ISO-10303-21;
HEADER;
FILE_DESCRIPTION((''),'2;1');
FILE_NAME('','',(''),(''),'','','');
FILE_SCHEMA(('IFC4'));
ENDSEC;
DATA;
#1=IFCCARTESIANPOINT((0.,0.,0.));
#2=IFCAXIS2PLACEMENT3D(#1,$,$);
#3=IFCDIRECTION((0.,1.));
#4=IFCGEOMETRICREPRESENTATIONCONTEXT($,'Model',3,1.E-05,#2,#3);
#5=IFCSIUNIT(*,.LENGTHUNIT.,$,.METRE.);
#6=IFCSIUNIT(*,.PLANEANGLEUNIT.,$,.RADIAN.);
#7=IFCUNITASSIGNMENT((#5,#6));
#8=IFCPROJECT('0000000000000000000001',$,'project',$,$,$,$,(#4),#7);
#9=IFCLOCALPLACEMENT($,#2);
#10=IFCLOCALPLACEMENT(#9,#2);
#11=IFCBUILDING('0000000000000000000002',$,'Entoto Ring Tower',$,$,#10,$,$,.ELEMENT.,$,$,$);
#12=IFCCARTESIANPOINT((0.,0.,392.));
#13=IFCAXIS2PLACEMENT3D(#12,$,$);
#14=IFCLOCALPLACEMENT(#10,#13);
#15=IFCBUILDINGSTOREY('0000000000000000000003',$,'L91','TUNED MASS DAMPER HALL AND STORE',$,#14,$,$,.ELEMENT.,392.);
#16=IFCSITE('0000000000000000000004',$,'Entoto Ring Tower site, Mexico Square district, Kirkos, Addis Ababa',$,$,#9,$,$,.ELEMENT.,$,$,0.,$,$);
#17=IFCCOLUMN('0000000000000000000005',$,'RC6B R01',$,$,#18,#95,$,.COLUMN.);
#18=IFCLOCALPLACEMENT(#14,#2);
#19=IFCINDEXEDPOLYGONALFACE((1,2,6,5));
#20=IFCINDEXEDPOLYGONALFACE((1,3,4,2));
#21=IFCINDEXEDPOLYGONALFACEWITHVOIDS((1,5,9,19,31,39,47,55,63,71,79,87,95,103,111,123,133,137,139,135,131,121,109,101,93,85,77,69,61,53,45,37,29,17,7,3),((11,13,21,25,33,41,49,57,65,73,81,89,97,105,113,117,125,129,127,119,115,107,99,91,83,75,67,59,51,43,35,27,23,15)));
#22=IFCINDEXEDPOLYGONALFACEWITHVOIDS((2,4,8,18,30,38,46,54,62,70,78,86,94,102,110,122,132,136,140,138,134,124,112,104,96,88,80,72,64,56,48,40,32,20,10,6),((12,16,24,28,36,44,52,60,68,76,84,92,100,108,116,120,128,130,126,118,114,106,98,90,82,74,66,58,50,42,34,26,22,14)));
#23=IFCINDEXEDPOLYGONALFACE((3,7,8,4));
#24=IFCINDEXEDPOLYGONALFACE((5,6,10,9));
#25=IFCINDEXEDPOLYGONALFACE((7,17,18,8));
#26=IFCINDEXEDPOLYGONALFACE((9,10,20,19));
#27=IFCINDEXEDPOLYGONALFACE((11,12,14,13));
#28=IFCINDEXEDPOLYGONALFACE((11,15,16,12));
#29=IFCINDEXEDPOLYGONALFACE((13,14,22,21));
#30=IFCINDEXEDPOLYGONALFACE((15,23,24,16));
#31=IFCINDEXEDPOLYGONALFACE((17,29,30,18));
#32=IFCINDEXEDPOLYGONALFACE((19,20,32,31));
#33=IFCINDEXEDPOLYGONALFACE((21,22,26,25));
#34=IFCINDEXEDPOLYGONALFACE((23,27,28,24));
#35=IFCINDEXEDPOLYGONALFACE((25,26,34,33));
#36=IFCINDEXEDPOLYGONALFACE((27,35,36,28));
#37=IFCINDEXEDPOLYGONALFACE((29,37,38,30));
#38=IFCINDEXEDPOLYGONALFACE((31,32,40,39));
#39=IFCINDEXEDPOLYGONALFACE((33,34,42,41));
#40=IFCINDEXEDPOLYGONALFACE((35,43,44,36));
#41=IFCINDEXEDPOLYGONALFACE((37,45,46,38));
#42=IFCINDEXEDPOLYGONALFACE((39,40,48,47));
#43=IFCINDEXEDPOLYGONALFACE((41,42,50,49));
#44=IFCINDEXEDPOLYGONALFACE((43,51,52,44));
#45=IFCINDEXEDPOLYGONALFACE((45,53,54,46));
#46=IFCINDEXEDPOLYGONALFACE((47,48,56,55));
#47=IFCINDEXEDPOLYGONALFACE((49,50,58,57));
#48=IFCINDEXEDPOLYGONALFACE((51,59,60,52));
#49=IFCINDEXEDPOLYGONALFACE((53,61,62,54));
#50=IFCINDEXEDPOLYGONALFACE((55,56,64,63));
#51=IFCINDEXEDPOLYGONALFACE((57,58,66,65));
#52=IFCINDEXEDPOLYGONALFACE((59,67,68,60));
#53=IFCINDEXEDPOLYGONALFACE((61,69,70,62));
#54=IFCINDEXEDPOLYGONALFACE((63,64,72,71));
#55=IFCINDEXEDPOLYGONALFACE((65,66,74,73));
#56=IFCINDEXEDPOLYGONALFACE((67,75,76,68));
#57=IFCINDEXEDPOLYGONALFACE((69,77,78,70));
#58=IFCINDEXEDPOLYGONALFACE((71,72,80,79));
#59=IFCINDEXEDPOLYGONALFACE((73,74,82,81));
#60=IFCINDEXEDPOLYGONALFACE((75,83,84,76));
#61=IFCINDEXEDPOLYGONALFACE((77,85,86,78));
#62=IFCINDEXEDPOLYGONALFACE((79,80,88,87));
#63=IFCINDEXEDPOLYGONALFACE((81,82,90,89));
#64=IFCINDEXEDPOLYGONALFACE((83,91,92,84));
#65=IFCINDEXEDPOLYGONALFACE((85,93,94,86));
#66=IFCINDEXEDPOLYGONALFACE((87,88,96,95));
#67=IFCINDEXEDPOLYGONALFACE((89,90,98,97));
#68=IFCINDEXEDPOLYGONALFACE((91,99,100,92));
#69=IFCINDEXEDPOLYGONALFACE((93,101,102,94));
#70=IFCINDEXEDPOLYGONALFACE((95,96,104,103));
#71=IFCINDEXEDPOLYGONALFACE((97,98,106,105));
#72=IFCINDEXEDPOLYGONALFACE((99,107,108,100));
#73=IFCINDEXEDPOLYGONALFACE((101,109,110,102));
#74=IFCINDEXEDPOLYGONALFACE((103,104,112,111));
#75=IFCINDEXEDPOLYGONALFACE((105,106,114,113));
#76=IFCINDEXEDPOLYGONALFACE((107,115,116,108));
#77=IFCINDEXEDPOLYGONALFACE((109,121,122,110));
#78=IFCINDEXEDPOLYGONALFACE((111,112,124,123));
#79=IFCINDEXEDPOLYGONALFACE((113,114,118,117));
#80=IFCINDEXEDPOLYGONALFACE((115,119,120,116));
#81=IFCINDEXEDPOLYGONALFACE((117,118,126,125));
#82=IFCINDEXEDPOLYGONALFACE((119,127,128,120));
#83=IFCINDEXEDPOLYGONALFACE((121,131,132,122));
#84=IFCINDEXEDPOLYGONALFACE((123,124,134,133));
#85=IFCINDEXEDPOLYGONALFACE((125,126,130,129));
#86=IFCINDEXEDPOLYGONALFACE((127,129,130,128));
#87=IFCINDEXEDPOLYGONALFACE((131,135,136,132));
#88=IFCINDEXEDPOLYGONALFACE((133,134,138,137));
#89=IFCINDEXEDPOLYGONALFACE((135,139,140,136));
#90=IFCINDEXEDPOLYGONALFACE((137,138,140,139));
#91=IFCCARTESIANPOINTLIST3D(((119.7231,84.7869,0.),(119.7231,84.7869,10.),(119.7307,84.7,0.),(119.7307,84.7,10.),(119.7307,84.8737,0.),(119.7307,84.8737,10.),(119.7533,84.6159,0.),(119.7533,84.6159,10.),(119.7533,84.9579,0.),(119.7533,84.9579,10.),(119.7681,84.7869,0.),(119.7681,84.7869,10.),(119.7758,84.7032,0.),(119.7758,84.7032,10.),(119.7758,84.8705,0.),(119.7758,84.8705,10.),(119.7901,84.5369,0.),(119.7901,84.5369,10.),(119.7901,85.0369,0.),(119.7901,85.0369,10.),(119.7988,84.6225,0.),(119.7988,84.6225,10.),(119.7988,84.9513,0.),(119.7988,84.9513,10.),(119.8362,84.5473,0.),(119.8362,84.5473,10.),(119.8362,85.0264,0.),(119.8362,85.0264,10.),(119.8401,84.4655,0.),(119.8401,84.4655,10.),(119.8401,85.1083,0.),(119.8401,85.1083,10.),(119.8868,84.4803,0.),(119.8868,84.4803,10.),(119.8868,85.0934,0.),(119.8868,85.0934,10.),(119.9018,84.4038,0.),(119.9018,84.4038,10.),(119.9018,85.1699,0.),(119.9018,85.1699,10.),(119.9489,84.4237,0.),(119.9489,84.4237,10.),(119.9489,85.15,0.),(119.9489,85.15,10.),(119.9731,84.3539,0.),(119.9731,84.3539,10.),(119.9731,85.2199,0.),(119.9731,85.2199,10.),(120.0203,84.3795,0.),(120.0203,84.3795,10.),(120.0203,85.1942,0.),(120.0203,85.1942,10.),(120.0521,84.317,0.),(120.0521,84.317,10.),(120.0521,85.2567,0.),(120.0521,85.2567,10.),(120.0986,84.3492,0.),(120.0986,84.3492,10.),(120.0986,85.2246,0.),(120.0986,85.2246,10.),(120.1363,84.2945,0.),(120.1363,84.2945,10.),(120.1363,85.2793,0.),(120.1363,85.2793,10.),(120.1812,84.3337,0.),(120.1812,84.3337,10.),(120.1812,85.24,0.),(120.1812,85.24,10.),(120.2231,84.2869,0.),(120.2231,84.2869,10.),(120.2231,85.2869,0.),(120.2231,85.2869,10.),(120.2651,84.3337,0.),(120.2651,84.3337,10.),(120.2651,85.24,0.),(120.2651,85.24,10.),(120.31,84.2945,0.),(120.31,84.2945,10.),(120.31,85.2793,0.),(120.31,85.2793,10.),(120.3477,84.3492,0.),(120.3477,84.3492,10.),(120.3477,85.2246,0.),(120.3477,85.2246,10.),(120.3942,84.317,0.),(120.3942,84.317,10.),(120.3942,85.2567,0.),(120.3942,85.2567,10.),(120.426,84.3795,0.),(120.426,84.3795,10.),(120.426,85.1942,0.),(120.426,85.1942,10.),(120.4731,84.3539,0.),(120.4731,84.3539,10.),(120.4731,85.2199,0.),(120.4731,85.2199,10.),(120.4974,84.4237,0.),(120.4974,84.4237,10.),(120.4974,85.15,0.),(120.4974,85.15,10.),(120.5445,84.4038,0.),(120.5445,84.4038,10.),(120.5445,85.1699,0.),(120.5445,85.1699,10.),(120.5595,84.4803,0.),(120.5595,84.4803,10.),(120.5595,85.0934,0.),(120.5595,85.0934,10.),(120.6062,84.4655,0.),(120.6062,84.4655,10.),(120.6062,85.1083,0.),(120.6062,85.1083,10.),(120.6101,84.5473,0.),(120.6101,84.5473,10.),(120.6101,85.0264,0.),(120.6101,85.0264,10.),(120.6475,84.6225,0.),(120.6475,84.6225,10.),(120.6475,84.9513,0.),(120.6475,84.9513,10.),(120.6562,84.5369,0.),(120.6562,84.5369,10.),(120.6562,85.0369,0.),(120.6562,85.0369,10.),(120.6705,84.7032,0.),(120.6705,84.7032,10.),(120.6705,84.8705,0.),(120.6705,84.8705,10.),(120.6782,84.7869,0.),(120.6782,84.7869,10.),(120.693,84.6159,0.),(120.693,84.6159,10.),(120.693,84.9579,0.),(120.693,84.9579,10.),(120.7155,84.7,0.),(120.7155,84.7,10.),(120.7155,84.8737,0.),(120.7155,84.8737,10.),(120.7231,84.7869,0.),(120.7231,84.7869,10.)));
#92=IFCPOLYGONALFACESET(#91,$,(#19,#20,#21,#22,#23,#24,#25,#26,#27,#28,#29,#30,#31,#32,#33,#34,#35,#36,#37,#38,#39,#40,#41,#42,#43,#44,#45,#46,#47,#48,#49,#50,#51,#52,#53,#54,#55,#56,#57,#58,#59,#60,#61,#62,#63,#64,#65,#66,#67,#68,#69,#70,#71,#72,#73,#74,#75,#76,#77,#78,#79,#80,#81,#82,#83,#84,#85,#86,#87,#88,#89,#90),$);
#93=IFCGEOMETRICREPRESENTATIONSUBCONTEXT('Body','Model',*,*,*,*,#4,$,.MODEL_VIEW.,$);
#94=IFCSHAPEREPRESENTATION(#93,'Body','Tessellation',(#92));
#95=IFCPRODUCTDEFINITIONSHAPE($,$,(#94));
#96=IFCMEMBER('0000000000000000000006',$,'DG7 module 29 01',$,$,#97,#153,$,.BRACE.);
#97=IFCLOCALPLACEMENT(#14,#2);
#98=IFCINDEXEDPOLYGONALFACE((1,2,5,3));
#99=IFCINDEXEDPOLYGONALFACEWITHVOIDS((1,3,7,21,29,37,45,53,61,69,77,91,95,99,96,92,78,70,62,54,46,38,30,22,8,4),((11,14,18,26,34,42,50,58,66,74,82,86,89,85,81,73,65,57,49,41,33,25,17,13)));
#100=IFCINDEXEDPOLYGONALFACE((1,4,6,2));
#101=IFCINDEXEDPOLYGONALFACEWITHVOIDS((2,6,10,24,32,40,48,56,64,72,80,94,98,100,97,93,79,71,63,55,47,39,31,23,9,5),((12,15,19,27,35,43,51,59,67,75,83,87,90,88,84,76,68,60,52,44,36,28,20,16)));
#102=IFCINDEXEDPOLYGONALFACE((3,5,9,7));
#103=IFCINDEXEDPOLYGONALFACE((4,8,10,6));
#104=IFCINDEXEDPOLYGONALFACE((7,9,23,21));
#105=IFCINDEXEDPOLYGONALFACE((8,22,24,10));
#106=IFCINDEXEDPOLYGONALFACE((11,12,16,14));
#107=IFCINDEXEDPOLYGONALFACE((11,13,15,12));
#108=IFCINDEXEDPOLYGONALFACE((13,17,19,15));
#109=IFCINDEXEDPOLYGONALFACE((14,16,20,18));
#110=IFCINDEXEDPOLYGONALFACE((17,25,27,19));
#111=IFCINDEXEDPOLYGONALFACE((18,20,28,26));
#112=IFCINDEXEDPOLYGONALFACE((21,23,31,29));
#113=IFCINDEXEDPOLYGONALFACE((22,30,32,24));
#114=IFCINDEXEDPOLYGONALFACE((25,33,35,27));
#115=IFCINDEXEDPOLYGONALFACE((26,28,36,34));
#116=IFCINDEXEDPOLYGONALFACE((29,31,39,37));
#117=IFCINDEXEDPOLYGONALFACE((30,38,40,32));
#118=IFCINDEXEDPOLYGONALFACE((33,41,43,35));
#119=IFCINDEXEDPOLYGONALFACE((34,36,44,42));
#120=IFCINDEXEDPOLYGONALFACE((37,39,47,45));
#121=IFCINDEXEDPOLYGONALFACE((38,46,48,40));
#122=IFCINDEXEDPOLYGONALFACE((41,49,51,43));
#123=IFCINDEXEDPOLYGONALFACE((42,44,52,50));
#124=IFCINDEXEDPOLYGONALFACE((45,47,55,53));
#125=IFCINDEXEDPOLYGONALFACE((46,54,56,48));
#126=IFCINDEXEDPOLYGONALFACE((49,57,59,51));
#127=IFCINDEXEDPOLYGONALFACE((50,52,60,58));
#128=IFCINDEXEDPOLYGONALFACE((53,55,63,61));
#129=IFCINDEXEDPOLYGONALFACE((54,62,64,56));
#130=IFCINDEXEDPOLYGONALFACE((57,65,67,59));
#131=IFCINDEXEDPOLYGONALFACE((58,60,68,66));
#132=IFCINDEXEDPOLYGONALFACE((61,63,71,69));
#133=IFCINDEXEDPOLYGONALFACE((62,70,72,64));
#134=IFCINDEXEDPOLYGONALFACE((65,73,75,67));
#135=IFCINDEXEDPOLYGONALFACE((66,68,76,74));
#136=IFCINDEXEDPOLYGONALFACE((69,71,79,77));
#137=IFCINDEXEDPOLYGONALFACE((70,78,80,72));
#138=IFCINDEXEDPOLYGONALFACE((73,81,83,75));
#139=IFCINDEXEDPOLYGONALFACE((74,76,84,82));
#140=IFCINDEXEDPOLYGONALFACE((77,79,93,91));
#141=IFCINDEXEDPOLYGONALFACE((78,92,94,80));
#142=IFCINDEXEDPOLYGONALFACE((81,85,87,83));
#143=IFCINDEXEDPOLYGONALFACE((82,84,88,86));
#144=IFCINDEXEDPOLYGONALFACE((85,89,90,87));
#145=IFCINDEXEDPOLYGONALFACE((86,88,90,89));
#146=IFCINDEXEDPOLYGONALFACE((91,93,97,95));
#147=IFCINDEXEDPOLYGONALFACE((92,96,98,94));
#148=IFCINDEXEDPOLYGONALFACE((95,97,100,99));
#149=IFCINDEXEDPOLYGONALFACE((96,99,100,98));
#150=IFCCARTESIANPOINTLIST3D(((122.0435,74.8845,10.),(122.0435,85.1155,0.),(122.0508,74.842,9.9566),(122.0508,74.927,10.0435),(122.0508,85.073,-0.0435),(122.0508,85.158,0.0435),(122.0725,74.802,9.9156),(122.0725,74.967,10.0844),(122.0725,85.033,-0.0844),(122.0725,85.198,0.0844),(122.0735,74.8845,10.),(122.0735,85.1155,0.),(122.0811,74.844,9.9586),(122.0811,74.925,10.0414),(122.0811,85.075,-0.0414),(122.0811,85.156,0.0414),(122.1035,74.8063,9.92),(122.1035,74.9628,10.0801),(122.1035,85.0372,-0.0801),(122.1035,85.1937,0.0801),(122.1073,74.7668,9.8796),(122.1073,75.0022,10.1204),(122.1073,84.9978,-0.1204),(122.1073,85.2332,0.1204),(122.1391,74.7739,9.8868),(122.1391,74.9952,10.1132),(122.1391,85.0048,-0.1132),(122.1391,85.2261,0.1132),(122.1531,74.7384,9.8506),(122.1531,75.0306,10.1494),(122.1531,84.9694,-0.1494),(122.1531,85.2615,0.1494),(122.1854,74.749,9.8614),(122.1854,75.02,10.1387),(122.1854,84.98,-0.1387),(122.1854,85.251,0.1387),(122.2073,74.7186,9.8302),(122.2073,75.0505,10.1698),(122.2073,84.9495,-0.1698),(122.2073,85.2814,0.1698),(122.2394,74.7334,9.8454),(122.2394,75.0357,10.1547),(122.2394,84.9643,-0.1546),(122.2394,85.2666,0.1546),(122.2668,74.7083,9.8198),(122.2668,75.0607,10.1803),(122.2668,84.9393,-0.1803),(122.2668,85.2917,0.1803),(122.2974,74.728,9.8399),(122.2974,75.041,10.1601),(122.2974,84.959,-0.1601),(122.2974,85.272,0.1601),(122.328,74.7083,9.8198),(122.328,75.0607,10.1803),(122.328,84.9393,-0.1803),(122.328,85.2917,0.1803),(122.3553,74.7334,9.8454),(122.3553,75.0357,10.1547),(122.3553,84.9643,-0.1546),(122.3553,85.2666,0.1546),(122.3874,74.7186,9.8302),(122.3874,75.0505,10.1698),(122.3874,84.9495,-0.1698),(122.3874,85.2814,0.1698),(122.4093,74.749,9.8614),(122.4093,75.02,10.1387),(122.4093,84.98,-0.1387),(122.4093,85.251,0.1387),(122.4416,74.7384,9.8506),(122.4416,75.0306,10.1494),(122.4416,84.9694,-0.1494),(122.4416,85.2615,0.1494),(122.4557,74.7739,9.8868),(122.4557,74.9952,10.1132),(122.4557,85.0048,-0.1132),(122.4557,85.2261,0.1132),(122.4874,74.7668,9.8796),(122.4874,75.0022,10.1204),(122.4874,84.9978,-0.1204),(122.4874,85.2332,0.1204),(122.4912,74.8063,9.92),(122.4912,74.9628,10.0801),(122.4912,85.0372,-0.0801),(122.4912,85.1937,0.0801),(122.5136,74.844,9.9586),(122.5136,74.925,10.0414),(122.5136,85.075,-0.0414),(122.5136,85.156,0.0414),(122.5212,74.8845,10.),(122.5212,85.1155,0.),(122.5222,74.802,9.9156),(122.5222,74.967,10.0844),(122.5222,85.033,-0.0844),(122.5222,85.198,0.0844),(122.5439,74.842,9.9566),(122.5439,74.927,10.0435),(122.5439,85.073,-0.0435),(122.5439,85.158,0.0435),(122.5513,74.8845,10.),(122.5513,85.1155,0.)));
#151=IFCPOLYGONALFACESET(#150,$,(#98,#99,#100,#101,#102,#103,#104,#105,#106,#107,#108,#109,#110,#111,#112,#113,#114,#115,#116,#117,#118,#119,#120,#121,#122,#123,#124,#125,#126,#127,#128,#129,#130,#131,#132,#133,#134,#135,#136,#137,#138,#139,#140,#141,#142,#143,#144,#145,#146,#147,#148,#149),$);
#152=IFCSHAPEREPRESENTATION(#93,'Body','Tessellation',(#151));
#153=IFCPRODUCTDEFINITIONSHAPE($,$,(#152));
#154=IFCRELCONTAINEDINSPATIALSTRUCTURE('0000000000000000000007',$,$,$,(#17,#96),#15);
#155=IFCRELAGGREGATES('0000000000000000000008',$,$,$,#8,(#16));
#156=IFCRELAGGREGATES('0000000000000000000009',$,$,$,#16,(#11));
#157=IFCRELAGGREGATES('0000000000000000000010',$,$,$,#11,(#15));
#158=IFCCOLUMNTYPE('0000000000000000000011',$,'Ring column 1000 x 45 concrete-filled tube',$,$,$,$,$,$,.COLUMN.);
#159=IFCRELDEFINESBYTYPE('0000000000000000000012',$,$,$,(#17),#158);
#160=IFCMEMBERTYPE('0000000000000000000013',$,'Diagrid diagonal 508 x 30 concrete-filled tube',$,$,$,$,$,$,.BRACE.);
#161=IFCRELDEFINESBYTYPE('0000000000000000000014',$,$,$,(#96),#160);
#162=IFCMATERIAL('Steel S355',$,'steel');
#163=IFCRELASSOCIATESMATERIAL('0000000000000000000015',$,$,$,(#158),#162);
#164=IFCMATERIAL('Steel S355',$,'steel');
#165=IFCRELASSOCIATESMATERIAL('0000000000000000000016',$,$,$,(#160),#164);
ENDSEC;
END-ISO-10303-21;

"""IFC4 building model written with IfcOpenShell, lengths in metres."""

from ifc_helpers import new_model, si_unit, direction, frame, origin, origin_2d, place, context, subcontext, project, spatial, circle, hollow_circle, extrude, material, material_profile, profile_set, type_object, element, save


model = new_model("IFC4")

# Units and contexts
model_context = context("Model", 3, precision=1e-05, world=origin(), true_north=direction((0.0, 1.0)))
body_context = subcontext(model_context, "Body", "Model", "MODEL_VIEW")
ifc_project = project(units=[si_unit("LENGTHUNIT", "METRE"), si_unit("PLANEANGLEUNIT", "RADIAN")], contexts=[model_context])

# Site, building, storey
site_placement = place(None, origin())
site = spatial("IfcSite", under=ifc_project, at=site_placement, Name="Entoto Ring Tower site, Mexico Square district, Kirkos, Addis Ababa", CompositionType="ELEMENT", RefElevation=0.0)
building_placement = place(site_placement, origin())
building = spatial("IfcBuilding", under=site, at=building_placement, Name="Entoto Ring Tower", CompositionType="ELEMENT")
storey_placement = place(building_placement, frame((0.0, 0.0, 392.0)))
storey = spatial("IfcBuildingStorey", under=building, at=storey_placement, Name="L91", Description="TUNED MASS DAMPER HALL AND STORE", CompositionType="ELEMENT", Elevation=392.0)

# Column
ifc_material_1 = material(Name="Steel S355", Category="steel")
ifc_material_profile_1 = material_profile(ifc_material_1, hollow_circle(Radius=0.5, WallThickness=0.0449, at=origin_2d()), Name="CHS 1000 x 45")
ifc_material_2 = material(Name="Concrete C60/75", Category="concrete")
ifc_material_profile_2 = material_profile(ifc_material_2, circle(Radius=0.4551, at=origin_2d()), Name="Concrete C60/75 infill")
ifc_profile_set_1 = profile_set([ifc_material_profile_1, ifc_material_profile_2], Name="Steel S355")
column_type = type_object("IfcColumnType", Name="Ring column 1000 x 45 concrete-filled tube", PredefinedType="COLUMN", material=ifc_profile_set_1)
column_placement = place(storey_placement, frame((120.2231, 84.7869, 0.0), z_axis=(0.0, 0.0, 1.0), x_axis=(1.0, 0.0, 0.0)))
element("IfcColumn", 1, at=column_placement, inside=storey, type_object=column_type, Name="RC6B R01", PredefinedType="COLUMN", context=body_context, shape_type="SweptSolid", body=[
    extrude(hollow_circle(Radius=0.5, WallThickness=0.0449, at=origin_2d()), origin(), (0.0, 0.0, 1.0), 10.0),
])

# Member
ifc_material_3 = material(Name="Steel S355", Category="steel")
ifc_material_profile_3 = material_profile(ifc_material_3, hollow_circle(Radius=0.2539, WallThickness=0.03, at=origin_2d()), Name="CHS 508 x 30")
ifc_material_4 = material(Name="Concrete C60/75", Category="concrete")
ifc_material_profile_4 = material_profile(ifc_material_4, circle(Radius=0.2241, at=origin_2d()), Name="Concrete C60/75 infill")
ifc_profile_set_2 = profile_set([ifc_material_profile_3, ifc_material_profile_4], Name="Steel S355")
member_type_1 = type_object("IfcMemberType", Name="Diagrid diagonal 508 x 30 concrete-filled tube", PredefinedType="BRACE", material=ifc_profile_set_2)
member_1_placement = place(storey_placement, frame((122.2974, 85.1155, 0.0), z_axis=(0.0, -0.715133, 0.698989), x_axis=(1.0, 0.0, 0.0)))
element("IfcMember", 2, at=member_1_placement, inside=storey, type_object=member_type_1, Name="DG7 module 29 01", PredefinedType="BRACE", context=body_context, shape_type="SweptSolid", body=[
    extrude(hollow_circle(Radius=0.2539, WallThickness=0.03, at=origin_2d()), origin(), (0.0, 0.0, 1.0), 14.3064),
])

save(model, "model.ifc")
